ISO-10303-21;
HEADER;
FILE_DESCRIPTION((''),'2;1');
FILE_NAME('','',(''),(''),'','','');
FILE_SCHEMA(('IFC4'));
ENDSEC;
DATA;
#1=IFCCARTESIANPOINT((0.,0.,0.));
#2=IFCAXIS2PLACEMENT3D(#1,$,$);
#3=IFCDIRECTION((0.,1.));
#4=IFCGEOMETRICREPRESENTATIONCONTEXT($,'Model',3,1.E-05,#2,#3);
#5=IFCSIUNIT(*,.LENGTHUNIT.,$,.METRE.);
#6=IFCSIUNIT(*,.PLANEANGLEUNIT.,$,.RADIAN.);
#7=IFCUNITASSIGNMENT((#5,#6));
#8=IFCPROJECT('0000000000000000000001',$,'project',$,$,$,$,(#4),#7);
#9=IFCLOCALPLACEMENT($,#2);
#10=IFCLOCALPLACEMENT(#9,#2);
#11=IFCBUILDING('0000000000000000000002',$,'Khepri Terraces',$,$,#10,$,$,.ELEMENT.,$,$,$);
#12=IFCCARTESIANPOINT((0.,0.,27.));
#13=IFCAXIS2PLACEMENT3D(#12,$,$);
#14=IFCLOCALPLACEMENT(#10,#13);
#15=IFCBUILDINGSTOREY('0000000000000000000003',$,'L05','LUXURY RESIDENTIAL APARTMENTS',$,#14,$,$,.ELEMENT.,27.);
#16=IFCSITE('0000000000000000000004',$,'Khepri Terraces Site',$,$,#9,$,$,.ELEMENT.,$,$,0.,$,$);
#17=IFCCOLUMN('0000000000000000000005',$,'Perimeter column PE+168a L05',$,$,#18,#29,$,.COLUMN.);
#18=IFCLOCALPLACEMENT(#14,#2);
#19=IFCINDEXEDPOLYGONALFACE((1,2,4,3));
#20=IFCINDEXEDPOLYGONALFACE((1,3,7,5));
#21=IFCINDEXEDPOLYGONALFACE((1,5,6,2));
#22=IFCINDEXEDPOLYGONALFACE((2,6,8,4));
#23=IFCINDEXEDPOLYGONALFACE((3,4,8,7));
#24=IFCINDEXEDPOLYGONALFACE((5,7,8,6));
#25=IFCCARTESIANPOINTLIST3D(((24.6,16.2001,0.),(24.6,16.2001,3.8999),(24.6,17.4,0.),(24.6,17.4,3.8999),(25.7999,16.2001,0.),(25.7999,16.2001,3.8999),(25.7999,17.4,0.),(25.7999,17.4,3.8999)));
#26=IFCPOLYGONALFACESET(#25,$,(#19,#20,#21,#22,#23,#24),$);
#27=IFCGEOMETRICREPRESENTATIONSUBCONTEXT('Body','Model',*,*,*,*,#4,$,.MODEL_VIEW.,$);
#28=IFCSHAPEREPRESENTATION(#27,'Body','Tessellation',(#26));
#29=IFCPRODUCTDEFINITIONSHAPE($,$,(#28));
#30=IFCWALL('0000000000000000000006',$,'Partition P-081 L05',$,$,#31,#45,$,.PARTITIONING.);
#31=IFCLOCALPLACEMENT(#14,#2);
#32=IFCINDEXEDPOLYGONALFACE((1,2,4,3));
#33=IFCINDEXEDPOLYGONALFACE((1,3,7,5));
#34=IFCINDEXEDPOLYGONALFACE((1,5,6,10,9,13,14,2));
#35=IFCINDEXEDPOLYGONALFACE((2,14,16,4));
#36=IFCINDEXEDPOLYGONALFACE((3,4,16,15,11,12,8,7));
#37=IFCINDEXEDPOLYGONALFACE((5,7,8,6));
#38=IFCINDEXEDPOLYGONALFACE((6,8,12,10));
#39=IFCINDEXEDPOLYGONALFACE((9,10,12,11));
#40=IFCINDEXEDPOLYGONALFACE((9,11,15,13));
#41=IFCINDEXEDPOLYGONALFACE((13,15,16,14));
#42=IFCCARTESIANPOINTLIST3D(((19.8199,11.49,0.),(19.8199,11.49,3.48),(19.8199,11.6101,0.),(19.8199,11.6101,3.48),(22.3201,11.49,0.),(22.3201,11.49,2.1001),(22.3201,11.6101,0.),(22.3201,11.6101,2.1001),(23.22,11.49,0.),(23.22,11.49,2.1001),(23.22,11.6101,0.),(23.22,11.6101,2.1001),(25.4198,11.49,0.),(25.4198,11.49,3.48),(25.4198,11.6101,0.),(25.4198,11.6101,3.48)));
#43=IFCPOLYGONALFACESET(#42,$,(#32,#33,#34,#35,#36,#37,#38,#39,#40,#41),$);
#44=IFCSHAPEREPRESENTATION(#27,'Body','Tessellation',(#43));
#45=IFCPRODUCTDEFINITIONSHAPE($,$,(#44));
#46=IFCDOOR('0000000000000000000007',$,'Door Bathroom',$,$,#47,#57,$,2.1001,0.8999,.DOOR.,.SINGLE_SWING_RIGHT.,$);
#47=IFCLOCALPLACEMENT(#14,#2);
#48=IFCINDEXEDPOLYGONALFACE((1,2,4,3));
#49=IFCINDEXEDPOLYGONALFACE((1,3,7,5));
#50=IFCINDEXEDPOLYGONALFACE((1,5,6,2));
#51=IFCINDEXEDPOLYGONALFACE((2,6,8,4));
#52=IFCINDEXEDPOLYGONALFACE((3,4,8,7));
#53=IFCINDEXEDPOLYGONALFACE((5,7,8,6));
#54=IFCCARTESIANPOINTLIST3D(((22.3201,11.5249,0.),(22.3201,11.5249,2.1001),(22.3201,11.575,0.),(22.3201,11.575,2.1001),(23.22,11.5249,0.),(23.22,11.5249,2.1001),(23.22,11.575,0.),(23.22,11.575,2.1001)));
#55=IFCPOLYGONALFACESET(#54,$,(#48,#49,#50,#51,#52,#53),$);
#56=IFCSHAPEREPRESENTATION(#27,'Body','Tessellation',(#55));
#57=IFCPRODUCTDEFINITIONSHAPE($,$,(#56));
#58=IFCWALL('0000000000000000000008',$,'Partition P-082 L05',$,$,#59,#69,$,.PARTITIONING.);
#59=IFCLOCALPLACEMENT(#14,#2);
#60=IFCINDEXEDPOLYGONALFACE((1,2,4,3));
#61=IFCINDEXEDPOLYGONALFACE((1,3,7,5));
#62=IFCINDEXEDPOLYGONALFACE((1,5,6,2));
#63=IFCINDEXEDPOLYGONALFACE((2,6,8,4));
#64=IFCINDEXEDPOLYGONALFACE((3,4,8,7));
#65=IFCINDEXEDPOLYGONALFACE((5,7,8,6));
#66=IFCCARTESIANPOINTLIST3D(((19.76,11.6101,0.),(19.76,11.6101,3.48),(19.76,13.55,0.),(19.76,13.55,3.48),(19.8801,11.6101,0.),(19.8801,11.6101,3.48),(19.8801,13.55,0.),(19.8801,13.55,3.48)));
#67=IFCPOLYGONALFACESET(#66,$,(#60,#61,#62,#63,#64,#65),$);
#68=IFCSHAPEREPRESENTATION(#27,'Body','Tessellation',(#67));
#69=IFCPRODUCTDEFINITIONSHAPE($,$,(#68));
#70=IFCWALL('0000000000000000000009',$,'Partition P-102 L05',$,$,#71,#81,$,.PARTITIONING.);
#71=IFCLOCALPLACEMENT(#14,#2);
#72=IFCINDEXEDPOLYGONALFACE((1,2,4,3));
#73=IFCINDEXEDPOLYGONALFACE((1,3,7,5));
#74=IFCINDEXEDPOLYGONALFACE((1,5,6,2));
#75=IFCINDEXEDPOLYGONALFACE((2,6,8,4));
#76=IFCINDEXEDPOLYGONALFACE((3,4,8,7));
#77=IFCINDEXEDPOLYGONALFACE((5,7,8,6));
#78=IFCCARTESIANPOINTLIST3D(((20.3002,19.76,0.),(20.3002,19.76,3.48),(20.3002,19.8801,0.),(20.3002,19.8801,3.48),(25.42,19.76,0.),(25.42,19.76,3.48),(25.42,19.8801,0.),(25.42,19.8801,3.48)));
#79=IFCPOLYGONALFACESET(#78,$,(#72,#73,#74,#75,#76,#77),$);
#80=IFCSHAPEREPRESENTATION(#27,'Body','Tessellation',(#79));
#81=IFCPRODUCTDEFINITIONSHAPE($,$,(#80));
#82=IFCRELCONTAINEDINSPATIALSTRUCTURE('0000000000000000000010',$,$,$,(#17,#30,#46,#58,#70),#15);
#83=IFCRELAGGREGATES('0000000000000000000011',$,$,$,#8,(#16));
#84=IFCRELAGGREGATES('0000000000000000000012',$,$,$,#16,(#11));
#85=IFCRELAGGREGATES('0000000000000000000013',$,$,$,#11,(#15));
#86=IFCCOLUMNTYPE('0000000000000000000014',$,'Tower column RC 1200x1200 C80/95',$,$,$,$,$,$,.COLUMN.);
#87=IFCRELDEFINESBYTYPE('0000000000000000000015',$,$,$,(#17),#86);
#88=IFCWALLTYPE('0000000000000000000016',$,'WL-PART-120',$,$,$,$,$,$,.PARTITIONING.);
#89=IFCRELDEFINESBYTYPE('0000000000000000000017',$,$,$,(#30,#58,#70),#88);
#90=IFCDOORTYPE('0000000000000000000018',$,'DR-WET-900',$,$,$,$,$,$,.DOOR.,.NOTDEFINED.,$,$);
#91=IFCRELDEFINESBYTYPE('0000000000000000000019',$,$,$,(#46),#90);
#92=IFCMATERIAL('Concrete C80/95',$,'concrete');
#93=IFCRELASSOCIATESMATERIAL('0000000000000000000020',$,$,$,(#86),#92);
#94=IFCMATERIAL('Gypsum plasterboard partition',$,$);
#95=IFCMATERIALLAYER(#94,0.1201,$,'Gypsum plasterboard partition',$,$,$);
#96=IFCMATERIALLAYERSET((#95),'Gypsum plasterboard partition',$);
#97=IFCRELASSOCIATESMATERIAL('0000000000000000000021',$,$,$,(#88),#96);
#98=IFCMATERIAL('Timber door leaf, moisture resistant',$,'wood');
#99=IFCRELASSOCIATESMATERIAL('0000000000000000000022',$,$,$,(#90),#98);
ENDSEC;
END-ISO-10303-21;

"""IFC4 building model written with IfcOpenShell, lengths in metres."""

from ifc_helpers import new_model, si_unit, direction, frame, frame_2d, origin, origin_2d, place, context, subcontext, project, spatial, rectangle, extrude, material, layer, layer_set, material_profile, profile_set, type_object, element, fill, save


model = new_model("IFC4")

# Units and contexts
model_context = context("Model", 3, precision=1e-05, world=origin(), true_north=direction((0.0, 1.0)))
body_context = subcontext(model_context, "Body", "Model", "MODEL_VIEW")
ifc_project = project(units=[si_unit("LENGTHUNIT", "METRE"), si_unit("PLANEANGLEUNIT", "RADIAN")], contexts=[model_context])

# Site, building, storey
site_placement = place(None, origin())
site = spatial("IfcSite", under=ifc_project, at=site_placement, Name="Khepri Terraces Site", CompositionType="ELEMENT", RefElevation=0.0)
building_placement = place(site_placement, origin())
building = spatial("IfcBuilding", under=site, at=building_placement, Name="Khepri Terraces", CompositionType="ELEMENT")
storey_placement = place(building_placement, frame((0.0, 0.0, 27.0)))
storey = spatial("IfcBuildingStorey", under=building, at=storey_placement, Name="L05", Description="LUXURY RESIDENTIAL APARTMENTS", CompositionType="ELEMENT", Elevation=27.0)

# Column
ifc_material_1 = material(Name="Concrete C80/95", Category="concrete")
ifc_material_profile = material_profile(ifc_material_1, rectangle(XDim=1.2, YDim=1.2, at=origin_2d()), Name="Concrete C80/95", Category="concrete")
ifc_profile_set = profile_set([ifc_material_profile], Name="Concrete C80/95")
column_type = type_object("IfcColumnType", Name="Tower column RC 1200x1200 C80/95", PredefinedType="COLUMN", material=ifc_profile_set)
column_placement = place(storey_placement, frame((25.2, 16.8, 0.0), z_axis=(0.0, 0.0, 1.0), x_axis=(1.0, 0.0, 0.0)))
element("IfcColumn", 1, at=column_placement, inside=storey, type_object=column_type, Name="Perimeter column PE+168a L05", PredefinedType="COLUMN", context=body_context, shape_type="SweptSolid", body=[
    extrude(rectangle(XDim=1.2, YDim=1.2, at=origin_2d()), origin(), (0.0, 0.0, 1.0), 3.8999),
])

# Wall, opening, door
ifc_material_2 = material(Name="Gypsum plasterboard partition")
ifc_layer_1 = layer(ifc_material_2, 0.1201, Name="Gypsum plasterboard partition")
ifc_layer_set_1 = layer_set([ifc_layer_1], Name="Gypsum plasterboard partition")
wall_type_1 = type_object("IfcWallType", Name="WL-PART-120", PredefinedType="PARTITIONING", material=ifc_layer_set_1)
wall_1_placement = place(storey_placement, frame((19.8201, 11.55, 0.0), z_axis=(0.0, 0.0, 1.0), x_axis=(1.0, 0.0, 0.0)))
wall_1 = element("IfcWall", 2, at=wall_1_placement, inside=storey, type_object=wall_type_1, Name="Partition P-081 L05", PredefinedType="PARTITIONING", context=body_context, shape_type="SweptSolid", body=[
    extrude(rectangle(XDim=5.5999, YDim=0.1201, at=frame_2d((2.7998, 0.0))), origin(), (0.0, 0.0, 1.0), 3.48),
])
opening_1_placement = place(wall_1_placement, frame((2.5, 0.0, 0.0)))
opening_1 = element("IfcOpeningElement", 3, at=opening_1_placement, cuts=wall_1, PredefinedType="OPENING", context=body_context, shape_type="SweptSolid", body=[
    extrude(rectangle(XDim=0.8999, YDim=2.1001, at=frame_2d((0.45, 1.05))), frame((0.0, 0.0701, 0.0), z_axis=(0.0, -1.0, 0.0), x_axis=(1.0, 0.0, 0.0)), (0.0, 0.0, 1.0), 0.1401),
])
ifc_material_3 = material(Name="Timber door leaf, moisture resistant", Category="wood")
door_type_1 = type_object("IfcDoorType", Name="DR-WET-900", OperationType="NOTDEFINED", PredefinedType="DOOR", material=ifc_material_3)
door_1_placement = place(opening_1_placement, origin())
door_1 = element("IfcDoor", 4, at=door_1_placement, inside=storey, type_object=door_type_1, Name="Door Bathroom", OperationType="SINGLE_SWING_RIGHT", OverallHeight=2.1001, OverallWidth=0.8999, PredefinedType="DOOR", context=body_context, shape_type="SweptSolid", body=[
    extrude(rectangle(XDim=0.8999, YDim=2.1001, at=frame_2d((0.45, 1.05))), frame((0.0, 0.0249, 0.0), z_axis=(0.0, -1.0, 0.0), x_axis=(1.0, 0.0, 0.0)), (0.0, 0.0, 1.0), 0.05),
])
fill(opening_1, door_1)

# Walls
wall_2_placement = place(storey_placement, frame((19.8201, 11.6101, 0.0), z_axis=(0.0, 0.0, 1.0), x_axis=(0.0, 1.0, 0.0)))
element("IfcWall", 5, at=wall_2_placement, inside=storey, type_object=wall_type_1, Name="Partition P-082 L05", PredefinedType="PARTITIONING", context=body_context, shape_type="SweptSolid", body=[
    extrude(rectangle(XDim=1.9399, YDim=0.1201, at=frame_2d((0.97, 0.0))), origin(), (0.0, 0.0, 1.0), 3.48),
])
wall_3_placement = place(storey_placement, frame((20.3, 19.8201, 0.0), z_axis=(0.0, 0.0, 1.0), x_axis=(1.0, 0.0, 0.0)))
element("IfcWall", 6, at=wall_3_placement, inside=storey, type_object=wall_type_1, Name="Partition P-102 L05", PredefinedType="PARTITIONING", context=body_context, shape_type="SweptSolid", body=[
    extrude(rectangle(XDim=5.1199, YDim=0.1201, at=frame_2d((2.5601, 0.0))), origin(), (0.0, 0.0, 1.0), 3.48),
])

save(model, "model.ifc")
